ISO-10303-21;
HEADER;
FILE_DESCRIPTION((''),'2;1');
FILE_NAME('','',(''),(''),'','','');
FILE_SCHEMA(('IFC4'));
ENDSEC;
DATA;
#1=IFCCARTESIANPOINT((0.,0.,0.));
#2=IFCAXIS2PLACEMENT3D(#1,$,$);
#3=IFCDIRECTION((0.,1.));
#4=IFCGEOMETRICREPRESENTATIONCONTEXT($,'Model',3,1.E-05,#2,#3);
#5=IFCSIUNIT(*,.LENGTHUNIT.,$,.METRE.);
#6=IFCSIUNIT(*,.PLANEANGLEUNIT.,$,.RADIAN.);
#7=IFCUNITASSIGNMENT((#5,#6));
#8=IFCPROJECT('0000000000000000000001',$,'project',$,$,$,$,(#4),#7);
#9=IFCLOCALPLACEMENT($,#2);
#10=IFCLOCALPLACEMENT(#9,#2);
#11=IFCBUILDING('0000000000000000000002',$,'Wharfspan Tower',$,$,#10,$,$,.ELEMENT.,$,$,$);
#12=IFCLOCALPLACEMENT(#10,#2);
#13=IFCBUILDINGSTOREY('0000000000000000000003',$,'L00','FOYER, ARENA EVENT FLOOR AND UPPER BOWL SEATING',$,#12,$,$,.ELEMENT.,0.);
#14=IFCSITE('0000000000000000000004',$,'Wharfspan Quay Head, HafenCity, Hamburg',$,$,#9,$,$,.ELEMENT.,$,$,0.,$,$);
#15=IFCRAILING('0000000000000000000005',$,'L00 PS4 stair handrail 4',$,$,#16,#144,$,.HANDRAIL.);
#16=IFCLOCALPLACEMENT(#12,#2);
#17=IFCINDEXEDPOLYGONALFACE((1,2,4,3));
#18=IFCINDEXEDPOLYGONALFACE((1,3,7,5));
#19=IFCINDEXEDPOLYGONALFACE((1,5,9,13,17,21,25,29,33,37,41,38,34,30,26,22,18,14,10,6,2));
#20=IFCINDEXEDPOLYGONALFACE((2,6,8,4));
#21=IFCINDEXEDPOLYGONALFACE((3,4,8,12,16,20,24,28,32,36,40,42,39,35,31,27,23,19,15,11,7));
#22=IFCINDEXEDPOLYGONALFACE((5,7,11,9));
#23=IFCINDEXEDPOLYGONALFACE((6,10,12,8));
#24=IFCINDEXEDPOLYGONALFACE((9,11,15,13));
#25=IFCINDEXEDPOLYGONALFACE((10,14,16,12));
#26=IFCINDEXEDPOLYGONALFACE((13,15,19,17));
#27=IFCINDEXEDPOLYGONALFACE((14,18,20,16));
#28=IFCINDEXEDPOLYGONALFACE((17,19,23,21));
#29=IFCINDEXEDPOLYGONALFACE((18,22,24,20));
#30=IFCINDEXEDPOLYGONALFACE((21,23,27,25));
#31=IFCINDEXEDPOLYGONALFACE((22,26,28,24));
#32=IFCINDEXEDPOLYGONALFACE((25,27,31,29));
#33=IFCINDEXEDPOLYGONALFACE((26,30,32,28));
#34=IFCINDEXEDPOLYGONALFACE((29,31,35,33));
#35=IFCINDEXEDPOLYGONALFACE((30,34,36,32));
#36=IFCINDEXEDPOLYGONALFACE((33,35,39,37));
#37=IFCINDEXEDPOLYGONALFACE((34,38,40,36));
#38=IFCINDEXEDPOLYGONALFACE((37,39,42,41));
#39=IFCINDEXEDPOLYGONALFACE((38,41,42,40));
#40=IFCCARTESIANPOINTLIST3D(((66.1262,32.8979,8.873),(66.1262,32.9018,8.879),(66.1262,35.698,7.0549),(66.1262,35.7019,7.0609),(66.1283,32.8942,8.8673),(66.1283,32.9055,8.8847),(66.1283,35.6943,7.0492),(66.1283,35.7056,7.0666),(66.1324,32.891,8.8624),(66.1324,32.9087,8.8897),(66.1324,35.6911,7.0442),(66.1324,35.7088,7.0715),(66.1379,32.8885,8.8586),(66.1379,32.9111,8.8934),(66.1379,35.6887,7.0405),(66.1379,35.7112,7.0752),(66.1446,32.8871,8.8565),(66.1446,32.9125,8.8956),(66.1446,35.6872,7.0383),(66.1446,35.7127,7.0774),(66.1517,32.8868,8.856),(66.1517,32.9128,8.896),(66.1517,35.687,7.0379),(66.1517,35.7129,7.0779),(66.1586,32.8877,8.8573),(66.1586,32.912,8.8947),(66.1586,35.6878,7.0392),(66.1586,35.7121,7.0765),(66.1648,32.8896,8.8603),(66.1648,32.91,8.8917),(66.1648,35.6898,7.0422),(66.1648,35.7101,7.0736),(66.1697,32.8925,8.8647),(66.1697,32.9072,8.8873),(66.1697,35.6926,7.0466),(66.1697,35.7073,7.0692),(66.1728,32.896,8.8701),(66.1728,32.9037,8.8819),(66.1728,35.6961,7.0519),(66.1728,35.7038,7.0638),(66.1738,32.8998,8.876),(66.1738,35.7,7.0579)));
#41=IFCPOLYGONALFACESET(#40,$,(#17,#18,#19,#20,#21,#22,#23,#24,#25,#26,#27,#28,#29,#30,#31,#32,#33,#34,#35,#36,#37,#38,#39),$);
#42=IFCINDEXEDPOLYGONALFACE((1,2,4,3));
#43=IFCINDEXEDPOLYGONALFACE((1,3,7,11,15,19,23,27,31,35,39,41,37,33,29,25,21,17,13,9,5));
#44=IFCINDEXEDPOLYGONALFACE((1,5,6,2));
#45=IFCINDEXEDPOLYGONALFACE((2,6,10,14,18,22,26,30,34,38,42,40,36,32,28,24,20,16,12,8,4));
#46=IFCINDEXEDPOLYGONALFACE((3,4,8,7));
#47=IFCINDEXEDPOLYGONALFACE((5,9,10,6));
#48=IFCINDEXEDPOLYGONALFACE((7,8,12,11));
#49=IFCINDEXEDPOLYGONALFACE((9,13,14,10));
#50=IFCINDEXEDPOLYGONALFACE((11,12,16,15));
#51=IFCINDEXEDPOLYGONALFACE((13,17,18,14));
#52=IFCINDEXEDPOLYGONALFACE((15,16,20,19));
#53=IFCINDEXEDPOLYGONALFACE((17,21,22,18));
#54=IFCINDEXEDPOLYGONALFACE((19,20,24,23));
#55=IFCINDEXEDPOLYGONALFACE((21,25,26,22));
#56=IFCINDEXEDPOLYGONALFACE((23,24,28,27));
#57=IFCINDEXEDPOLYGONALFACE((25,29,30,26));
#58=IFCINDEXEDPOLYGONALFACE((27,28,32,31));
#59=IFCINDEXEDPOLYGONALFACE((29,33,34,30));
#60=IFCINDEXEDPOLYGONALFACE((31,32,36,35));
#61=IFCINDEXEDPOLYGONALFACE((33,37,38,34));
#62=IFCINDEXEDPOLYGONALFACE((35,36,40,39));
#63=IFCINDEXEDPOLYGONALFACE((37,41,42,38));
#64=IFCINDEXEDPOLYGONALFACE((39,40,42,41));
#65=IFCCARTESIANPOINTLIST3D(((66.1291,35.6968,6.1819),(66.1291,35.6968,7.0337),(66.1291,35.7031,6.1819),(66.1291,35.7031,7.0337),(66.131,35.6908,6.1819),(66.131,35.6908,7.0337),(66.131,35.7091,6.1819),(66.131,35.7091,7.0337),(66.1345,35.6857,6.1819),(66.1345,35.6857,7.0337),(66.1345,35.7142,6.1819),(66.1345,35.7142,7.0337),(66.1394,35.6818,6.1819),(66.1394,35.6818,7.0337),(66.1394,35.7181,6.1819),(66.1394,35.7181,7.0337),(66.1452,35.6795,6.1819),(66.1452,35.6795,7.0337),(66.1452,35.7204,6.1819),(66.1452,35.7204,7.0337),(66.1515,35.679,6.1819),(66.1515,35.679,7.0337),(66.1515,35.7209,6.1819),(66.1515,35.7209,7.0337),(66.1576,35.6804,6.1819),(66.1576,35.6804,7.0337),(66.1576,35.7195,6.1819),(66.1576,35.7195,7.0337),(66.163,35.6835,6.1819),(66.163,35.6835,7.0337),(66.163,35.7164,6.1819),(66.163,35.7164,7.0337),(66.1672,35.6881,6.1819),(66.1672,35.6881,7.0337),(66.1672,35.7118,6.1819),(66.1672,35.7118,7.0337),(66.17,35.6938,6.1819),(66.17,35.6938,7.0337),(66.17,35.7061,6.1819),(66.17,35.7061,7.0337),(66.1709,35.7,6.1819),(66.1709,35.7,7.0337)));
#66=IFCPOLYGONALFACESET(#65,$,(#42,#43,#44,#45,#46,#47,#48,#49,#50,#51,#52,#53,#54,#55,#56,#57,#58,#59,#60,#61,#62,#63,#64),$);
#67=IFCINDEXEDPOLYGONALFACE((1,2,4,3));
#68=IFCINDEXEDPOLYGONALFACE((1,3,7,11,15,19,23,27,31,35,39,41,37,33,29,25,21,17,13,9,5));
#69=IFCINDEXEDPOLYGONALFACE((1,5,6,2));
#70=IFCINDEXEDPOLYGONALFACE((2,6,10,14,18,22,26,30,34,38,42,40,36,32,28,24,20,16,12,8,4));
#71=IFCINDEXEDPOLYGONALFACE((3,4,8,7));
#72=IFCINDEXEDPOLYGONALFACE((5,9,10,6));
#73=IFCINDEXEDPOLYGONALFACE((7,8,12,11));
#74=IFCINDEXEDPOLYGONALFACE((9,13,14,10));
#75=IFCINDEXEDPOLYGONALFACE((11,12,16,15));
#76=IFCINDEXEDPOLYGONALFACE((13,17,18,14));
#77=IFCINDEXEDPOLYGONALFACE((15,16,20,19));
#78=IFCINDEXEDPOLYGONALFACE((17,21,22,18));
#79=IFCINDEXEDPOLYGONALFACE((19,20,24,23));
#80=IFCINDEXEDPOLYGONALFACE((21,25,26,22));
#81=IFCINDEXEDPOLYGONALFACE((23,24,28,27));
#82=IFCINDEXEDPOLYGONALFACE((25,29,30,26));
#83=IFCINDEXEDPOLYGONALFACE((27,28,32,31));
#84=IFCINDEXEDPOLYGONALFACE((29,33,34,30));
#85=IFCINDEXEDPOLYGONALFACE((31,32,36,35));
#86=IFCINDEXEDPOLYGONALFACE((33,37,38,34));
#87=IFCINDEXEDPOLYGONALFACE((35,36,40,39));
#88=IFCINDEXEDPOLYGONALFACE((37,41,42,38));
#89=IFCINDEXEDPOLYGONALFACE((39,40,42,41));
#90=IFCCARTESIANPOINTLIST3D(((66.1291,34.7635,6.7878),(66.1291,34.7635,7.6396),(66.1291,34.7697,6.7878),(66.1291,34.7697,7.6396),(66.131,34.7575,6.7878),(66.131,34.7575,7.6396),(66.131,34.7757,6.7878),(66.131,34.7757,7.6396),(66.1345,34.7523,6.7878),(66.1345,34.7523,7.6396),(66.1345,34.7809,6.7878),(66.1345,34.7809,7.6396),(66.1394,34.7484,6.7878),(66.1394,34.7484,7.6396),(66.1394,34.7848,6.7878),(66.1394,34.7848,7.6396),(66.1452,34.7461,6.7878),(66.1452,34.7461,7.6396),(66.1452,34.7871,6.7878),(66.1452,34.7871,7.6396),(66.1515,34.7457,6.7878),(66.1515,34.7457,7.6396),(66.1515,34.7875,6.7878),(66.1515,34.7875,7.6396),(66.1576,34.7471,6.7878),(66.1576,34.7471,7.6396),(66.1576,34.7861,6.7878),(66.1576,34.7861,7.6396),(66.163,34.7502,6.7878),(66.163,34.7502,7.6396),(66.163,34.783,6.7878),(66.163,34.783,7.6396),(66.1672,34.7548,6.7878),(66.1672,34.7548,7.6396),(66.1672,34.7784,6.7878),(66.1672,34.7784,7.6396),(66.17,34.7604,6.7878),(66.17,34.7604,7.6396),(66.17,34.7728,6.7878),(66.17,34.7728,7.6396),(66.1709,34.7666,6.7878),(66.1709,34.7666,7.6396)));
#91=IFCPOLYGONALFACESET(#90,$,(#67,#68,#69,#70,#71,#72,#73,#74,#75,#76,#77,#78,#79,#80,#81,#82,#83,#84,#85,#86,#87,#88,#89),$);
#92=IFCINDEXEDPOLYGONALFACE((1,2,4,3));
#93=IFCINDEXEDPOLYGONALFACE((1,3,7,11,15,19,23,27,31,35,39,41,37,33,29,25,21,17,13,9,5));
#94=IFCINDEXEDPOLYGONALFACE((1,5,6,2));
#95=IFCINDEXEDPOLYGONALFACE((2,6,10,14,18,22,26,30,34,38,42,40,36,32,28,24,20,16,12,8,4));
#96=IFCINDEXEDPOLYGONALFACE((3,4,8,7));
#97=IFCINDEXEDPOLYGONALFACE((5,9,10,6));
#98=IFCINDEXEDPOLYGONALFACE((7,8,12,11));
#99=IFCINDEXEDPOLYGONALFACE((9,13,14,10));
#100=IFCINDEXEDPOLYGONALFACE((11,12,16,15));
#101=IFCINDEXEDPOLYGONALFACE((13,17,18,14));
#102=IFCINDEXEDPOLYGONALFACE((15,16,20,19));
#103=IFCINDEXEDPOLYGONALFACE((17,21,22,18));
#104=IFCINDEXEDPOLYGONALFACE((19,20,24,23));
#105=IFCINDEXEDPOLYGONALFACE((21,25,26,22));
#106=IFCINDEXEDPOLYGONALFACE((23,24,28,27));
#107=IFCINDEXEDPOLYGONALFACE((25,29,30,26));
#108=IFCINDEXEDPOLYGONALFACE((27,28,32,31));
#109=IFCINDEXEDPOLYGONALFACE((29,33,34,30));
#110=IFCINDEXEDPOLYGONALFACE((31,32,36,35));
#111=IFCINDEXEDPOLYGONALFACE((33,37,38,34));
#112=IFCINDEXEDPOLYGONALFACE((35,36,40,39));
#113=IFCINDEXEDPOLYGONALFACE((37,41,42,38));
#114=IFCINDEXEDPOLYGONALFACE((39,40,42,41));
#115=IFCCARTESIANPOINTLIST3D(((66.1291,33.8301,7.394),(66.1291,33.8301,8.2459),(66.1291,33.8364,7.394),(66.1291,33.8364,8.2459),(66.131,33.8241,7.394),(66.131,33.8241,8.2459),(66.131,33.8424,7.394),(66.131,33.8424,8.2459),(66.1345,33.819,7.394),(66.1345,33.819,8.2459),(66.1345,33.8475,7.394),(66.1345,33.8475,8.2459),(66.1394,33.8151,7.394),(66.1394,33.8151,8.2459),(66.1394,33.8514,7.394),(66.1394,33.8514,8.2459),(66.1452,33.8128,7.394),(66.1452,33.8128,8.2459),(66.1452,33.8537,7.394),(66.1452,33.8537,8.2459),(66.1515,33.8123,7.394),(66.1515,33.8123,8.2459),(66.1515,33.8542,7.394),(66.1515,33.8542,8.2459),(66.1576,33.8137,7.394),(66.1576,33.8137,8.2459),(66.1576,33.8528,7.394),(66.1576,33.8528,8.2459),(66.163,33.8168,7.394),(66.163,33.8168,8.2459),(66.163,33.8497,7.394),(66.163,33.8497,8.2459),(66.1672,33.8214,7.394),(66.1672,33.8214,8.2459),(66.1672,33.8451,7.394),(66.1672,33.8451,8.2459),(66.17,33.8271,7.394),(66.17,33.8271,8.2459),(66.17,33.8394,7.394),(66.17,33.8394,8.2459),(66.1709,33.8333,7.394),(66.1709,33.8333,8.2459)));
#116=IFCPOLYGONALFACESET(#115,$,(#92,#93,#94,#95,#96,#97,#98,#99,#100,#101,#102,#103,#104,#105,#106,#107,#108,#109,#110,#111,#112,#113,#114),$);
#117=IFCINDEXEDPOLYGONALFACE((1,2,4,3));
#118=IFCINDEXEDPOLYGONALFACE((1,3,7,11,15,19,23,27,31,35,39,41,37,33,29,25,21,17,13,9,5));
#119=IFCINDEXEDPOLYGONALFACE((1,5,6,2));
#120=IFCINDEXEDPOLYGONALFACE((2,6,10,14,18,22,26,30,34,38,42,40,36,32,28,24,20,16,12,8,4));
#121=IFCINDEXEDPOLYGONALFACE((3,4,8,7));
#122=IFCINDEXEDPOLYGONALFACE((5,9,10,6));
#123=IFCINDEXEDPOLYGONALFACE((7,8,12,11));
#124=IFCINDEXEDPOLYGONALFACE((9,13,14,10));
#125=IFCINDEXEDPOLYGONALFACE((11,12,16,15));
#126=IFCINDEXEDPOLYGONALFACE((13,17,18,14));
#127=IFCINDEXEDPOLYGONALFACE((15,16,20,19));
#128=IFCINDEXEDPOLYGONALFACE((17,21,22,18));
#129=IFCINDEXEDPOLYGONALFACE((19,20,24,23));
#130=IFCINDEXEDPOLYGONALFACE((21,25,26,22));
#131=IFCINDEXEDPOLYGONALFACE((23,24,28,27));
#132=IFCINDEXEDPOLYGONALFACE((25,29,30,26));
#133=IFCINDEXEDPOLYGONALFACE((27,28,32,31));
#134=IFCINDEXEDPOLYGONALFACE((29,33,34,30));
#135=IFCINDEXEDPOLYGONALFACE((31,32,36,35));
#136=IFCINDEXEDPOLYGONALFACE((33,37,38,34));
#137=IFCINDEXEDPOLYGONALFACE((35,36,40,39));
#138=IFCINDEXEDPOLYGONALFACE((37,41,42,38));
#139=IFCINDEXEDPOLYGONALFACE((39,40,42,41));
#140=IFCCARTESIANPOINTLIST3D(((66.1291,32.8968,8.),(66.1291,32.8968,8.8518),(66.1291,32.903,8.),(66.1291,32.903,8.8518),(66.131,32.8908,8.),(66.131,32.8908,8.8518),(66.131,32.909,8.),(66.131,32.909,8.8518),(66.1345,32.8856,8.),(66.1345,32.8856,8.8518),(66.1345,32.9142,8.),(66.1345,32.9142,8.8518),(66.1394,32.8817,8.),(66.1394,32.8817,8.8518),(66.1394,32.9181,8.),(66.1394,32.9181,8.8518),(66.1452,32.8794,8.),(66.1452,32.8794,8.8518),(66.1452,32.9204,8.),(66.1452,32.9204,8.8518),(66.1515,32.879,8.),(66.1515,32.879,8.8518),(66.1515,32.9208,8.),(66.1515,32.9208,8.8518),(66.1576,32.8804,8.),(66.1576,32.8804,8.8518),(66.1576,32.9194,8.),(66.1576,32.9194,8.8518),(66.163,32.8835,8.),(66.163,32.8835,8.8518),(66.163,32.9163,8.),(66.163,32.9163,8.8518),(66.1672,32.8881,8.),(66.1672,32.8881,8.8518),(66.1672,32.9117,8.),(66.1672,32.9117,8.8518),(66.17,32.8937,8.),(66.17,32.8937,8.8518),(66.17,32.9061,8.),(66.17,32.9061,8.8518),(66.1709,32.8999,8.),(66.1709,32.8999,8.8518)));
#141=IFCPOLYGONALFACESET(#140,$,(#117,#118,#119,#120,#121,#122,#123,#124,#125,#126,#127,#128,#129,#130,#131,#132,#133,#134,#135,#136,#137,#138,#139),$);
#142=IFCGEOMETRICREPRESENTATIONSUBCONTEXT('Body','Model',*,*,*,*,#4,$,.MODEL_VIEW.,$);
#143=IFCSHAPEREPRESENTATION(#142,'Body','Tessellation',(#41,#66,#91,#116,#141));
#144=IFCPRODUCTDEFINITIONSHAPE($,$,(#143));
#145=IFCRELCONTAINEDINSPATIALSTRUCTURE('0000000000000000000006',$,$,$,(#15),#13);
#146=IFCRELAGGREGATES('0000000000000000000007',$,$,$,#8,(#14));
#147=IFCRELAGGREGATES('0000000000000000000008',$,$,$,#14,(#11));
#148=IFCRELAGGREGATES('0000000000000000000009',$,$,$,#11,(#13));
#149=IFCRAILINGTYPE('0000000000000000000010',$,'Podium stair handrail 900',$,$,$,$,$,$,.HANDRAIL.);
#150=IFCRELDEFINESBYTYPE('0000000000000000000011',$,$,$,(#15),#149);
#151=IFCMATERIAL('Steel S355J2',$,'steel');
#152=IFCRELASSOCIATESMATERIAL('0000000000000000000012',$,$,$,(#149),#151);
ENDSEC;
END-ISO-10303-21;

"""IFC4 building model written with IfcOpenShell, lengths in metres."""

from ifc_helpers import new_model, si_unit, direction, frame, origin, origin_2d, place, context, subcontext, project, spatial, circle, extrude, material, type_object, element, save


model = new_model("IFC4")

# Units and contexts
model_context = context("Model", 3, precision=1e-05, world=origin(), true_north=direction((0.0, 1.0)))
body_context = subcontext(model_context, "Body", "Model", "MODEL_VIEW")
ifc_project = project(units=[si_unit("LENGTHUNIT", "METRE"), si_unit("PLANEANGLEUNIT", "RADIAN")], contexts=[model_context])

# Site, building, storey
site_placement = place(None, origin())
site = spatial("IfcSite", under=ifc_project, at=site_placement, Name="Wharfspan Quay Head, HafenCity, Hamburg", CompositionType="ELEMENT", RefElevation=0.0)
building_placement = place(site_placement, origin())
building = spatial("IfcBuilding", under=site, at=building_placement, Name="Wharfspan Tower", CompositionType="ELEMENT")
storey_placement = place(building_placement, origin())
storey = spatial("IfcBuildingStorey", under=building, at=storey_placement, Name="L00", Description="FOYER, ARENA EVENT FLOOR AND UPPER BOWL SEATING", CompositionType="ELEMENT", Elevation=0.0)

# Railing
ifc_material_1 = material(Name="Steel S355J2", Category="steel")
railing_type_1 = type_object("IfcRailingType", Name="Podium stair handrail 900", PredefinedType="HANDRAIL", material=ifc_material_1)
railing_1_placement = place(storey_placement, frame((66.1499, 35.7, 6.1819)))
element("IfcRailing", 1, at=railing_1_placement, inside=storey, type_object=railing_type_1, Name="L00 PS4 stair handrail 4", PredefinedType="HANDRAIL", context=body_context, shape_type="SweptSolid", body=[
    extrude(circle(Radius=0.0239, at=origin_2d()), frame((0.0, 0.0, 0.876), z_axis=(0.0, -0.838706, 0.544585), x_axis=(1.0, 0.0, 0.0)), (0.0, 0.0, 1.0), 3.3386),
    extrude(circle(Radius=0.021, at=origin_2d()), origin(), (0.0, 0.0, 1.0), 0.8518),
    extrude(circle(Radius=0.021, at=origin_2d()), frame((0.0, -0.9334, 0.606)), (0.0, 0.0, 1.0), 0.8518),
    extrude(circle(Radius=0.021, at=origin_2d()), frame((0.0, -1.8667, 1.2122)), (0.0, 0.0, 1.0), 0.8518),
    extrude(circle(Radius=0.021, at=origin_2d()), frame((0.0, -2.8, 1.8181)), (0.0, 0.0, 1.0), 0.8518),
])

save(model, "model.ifc")
